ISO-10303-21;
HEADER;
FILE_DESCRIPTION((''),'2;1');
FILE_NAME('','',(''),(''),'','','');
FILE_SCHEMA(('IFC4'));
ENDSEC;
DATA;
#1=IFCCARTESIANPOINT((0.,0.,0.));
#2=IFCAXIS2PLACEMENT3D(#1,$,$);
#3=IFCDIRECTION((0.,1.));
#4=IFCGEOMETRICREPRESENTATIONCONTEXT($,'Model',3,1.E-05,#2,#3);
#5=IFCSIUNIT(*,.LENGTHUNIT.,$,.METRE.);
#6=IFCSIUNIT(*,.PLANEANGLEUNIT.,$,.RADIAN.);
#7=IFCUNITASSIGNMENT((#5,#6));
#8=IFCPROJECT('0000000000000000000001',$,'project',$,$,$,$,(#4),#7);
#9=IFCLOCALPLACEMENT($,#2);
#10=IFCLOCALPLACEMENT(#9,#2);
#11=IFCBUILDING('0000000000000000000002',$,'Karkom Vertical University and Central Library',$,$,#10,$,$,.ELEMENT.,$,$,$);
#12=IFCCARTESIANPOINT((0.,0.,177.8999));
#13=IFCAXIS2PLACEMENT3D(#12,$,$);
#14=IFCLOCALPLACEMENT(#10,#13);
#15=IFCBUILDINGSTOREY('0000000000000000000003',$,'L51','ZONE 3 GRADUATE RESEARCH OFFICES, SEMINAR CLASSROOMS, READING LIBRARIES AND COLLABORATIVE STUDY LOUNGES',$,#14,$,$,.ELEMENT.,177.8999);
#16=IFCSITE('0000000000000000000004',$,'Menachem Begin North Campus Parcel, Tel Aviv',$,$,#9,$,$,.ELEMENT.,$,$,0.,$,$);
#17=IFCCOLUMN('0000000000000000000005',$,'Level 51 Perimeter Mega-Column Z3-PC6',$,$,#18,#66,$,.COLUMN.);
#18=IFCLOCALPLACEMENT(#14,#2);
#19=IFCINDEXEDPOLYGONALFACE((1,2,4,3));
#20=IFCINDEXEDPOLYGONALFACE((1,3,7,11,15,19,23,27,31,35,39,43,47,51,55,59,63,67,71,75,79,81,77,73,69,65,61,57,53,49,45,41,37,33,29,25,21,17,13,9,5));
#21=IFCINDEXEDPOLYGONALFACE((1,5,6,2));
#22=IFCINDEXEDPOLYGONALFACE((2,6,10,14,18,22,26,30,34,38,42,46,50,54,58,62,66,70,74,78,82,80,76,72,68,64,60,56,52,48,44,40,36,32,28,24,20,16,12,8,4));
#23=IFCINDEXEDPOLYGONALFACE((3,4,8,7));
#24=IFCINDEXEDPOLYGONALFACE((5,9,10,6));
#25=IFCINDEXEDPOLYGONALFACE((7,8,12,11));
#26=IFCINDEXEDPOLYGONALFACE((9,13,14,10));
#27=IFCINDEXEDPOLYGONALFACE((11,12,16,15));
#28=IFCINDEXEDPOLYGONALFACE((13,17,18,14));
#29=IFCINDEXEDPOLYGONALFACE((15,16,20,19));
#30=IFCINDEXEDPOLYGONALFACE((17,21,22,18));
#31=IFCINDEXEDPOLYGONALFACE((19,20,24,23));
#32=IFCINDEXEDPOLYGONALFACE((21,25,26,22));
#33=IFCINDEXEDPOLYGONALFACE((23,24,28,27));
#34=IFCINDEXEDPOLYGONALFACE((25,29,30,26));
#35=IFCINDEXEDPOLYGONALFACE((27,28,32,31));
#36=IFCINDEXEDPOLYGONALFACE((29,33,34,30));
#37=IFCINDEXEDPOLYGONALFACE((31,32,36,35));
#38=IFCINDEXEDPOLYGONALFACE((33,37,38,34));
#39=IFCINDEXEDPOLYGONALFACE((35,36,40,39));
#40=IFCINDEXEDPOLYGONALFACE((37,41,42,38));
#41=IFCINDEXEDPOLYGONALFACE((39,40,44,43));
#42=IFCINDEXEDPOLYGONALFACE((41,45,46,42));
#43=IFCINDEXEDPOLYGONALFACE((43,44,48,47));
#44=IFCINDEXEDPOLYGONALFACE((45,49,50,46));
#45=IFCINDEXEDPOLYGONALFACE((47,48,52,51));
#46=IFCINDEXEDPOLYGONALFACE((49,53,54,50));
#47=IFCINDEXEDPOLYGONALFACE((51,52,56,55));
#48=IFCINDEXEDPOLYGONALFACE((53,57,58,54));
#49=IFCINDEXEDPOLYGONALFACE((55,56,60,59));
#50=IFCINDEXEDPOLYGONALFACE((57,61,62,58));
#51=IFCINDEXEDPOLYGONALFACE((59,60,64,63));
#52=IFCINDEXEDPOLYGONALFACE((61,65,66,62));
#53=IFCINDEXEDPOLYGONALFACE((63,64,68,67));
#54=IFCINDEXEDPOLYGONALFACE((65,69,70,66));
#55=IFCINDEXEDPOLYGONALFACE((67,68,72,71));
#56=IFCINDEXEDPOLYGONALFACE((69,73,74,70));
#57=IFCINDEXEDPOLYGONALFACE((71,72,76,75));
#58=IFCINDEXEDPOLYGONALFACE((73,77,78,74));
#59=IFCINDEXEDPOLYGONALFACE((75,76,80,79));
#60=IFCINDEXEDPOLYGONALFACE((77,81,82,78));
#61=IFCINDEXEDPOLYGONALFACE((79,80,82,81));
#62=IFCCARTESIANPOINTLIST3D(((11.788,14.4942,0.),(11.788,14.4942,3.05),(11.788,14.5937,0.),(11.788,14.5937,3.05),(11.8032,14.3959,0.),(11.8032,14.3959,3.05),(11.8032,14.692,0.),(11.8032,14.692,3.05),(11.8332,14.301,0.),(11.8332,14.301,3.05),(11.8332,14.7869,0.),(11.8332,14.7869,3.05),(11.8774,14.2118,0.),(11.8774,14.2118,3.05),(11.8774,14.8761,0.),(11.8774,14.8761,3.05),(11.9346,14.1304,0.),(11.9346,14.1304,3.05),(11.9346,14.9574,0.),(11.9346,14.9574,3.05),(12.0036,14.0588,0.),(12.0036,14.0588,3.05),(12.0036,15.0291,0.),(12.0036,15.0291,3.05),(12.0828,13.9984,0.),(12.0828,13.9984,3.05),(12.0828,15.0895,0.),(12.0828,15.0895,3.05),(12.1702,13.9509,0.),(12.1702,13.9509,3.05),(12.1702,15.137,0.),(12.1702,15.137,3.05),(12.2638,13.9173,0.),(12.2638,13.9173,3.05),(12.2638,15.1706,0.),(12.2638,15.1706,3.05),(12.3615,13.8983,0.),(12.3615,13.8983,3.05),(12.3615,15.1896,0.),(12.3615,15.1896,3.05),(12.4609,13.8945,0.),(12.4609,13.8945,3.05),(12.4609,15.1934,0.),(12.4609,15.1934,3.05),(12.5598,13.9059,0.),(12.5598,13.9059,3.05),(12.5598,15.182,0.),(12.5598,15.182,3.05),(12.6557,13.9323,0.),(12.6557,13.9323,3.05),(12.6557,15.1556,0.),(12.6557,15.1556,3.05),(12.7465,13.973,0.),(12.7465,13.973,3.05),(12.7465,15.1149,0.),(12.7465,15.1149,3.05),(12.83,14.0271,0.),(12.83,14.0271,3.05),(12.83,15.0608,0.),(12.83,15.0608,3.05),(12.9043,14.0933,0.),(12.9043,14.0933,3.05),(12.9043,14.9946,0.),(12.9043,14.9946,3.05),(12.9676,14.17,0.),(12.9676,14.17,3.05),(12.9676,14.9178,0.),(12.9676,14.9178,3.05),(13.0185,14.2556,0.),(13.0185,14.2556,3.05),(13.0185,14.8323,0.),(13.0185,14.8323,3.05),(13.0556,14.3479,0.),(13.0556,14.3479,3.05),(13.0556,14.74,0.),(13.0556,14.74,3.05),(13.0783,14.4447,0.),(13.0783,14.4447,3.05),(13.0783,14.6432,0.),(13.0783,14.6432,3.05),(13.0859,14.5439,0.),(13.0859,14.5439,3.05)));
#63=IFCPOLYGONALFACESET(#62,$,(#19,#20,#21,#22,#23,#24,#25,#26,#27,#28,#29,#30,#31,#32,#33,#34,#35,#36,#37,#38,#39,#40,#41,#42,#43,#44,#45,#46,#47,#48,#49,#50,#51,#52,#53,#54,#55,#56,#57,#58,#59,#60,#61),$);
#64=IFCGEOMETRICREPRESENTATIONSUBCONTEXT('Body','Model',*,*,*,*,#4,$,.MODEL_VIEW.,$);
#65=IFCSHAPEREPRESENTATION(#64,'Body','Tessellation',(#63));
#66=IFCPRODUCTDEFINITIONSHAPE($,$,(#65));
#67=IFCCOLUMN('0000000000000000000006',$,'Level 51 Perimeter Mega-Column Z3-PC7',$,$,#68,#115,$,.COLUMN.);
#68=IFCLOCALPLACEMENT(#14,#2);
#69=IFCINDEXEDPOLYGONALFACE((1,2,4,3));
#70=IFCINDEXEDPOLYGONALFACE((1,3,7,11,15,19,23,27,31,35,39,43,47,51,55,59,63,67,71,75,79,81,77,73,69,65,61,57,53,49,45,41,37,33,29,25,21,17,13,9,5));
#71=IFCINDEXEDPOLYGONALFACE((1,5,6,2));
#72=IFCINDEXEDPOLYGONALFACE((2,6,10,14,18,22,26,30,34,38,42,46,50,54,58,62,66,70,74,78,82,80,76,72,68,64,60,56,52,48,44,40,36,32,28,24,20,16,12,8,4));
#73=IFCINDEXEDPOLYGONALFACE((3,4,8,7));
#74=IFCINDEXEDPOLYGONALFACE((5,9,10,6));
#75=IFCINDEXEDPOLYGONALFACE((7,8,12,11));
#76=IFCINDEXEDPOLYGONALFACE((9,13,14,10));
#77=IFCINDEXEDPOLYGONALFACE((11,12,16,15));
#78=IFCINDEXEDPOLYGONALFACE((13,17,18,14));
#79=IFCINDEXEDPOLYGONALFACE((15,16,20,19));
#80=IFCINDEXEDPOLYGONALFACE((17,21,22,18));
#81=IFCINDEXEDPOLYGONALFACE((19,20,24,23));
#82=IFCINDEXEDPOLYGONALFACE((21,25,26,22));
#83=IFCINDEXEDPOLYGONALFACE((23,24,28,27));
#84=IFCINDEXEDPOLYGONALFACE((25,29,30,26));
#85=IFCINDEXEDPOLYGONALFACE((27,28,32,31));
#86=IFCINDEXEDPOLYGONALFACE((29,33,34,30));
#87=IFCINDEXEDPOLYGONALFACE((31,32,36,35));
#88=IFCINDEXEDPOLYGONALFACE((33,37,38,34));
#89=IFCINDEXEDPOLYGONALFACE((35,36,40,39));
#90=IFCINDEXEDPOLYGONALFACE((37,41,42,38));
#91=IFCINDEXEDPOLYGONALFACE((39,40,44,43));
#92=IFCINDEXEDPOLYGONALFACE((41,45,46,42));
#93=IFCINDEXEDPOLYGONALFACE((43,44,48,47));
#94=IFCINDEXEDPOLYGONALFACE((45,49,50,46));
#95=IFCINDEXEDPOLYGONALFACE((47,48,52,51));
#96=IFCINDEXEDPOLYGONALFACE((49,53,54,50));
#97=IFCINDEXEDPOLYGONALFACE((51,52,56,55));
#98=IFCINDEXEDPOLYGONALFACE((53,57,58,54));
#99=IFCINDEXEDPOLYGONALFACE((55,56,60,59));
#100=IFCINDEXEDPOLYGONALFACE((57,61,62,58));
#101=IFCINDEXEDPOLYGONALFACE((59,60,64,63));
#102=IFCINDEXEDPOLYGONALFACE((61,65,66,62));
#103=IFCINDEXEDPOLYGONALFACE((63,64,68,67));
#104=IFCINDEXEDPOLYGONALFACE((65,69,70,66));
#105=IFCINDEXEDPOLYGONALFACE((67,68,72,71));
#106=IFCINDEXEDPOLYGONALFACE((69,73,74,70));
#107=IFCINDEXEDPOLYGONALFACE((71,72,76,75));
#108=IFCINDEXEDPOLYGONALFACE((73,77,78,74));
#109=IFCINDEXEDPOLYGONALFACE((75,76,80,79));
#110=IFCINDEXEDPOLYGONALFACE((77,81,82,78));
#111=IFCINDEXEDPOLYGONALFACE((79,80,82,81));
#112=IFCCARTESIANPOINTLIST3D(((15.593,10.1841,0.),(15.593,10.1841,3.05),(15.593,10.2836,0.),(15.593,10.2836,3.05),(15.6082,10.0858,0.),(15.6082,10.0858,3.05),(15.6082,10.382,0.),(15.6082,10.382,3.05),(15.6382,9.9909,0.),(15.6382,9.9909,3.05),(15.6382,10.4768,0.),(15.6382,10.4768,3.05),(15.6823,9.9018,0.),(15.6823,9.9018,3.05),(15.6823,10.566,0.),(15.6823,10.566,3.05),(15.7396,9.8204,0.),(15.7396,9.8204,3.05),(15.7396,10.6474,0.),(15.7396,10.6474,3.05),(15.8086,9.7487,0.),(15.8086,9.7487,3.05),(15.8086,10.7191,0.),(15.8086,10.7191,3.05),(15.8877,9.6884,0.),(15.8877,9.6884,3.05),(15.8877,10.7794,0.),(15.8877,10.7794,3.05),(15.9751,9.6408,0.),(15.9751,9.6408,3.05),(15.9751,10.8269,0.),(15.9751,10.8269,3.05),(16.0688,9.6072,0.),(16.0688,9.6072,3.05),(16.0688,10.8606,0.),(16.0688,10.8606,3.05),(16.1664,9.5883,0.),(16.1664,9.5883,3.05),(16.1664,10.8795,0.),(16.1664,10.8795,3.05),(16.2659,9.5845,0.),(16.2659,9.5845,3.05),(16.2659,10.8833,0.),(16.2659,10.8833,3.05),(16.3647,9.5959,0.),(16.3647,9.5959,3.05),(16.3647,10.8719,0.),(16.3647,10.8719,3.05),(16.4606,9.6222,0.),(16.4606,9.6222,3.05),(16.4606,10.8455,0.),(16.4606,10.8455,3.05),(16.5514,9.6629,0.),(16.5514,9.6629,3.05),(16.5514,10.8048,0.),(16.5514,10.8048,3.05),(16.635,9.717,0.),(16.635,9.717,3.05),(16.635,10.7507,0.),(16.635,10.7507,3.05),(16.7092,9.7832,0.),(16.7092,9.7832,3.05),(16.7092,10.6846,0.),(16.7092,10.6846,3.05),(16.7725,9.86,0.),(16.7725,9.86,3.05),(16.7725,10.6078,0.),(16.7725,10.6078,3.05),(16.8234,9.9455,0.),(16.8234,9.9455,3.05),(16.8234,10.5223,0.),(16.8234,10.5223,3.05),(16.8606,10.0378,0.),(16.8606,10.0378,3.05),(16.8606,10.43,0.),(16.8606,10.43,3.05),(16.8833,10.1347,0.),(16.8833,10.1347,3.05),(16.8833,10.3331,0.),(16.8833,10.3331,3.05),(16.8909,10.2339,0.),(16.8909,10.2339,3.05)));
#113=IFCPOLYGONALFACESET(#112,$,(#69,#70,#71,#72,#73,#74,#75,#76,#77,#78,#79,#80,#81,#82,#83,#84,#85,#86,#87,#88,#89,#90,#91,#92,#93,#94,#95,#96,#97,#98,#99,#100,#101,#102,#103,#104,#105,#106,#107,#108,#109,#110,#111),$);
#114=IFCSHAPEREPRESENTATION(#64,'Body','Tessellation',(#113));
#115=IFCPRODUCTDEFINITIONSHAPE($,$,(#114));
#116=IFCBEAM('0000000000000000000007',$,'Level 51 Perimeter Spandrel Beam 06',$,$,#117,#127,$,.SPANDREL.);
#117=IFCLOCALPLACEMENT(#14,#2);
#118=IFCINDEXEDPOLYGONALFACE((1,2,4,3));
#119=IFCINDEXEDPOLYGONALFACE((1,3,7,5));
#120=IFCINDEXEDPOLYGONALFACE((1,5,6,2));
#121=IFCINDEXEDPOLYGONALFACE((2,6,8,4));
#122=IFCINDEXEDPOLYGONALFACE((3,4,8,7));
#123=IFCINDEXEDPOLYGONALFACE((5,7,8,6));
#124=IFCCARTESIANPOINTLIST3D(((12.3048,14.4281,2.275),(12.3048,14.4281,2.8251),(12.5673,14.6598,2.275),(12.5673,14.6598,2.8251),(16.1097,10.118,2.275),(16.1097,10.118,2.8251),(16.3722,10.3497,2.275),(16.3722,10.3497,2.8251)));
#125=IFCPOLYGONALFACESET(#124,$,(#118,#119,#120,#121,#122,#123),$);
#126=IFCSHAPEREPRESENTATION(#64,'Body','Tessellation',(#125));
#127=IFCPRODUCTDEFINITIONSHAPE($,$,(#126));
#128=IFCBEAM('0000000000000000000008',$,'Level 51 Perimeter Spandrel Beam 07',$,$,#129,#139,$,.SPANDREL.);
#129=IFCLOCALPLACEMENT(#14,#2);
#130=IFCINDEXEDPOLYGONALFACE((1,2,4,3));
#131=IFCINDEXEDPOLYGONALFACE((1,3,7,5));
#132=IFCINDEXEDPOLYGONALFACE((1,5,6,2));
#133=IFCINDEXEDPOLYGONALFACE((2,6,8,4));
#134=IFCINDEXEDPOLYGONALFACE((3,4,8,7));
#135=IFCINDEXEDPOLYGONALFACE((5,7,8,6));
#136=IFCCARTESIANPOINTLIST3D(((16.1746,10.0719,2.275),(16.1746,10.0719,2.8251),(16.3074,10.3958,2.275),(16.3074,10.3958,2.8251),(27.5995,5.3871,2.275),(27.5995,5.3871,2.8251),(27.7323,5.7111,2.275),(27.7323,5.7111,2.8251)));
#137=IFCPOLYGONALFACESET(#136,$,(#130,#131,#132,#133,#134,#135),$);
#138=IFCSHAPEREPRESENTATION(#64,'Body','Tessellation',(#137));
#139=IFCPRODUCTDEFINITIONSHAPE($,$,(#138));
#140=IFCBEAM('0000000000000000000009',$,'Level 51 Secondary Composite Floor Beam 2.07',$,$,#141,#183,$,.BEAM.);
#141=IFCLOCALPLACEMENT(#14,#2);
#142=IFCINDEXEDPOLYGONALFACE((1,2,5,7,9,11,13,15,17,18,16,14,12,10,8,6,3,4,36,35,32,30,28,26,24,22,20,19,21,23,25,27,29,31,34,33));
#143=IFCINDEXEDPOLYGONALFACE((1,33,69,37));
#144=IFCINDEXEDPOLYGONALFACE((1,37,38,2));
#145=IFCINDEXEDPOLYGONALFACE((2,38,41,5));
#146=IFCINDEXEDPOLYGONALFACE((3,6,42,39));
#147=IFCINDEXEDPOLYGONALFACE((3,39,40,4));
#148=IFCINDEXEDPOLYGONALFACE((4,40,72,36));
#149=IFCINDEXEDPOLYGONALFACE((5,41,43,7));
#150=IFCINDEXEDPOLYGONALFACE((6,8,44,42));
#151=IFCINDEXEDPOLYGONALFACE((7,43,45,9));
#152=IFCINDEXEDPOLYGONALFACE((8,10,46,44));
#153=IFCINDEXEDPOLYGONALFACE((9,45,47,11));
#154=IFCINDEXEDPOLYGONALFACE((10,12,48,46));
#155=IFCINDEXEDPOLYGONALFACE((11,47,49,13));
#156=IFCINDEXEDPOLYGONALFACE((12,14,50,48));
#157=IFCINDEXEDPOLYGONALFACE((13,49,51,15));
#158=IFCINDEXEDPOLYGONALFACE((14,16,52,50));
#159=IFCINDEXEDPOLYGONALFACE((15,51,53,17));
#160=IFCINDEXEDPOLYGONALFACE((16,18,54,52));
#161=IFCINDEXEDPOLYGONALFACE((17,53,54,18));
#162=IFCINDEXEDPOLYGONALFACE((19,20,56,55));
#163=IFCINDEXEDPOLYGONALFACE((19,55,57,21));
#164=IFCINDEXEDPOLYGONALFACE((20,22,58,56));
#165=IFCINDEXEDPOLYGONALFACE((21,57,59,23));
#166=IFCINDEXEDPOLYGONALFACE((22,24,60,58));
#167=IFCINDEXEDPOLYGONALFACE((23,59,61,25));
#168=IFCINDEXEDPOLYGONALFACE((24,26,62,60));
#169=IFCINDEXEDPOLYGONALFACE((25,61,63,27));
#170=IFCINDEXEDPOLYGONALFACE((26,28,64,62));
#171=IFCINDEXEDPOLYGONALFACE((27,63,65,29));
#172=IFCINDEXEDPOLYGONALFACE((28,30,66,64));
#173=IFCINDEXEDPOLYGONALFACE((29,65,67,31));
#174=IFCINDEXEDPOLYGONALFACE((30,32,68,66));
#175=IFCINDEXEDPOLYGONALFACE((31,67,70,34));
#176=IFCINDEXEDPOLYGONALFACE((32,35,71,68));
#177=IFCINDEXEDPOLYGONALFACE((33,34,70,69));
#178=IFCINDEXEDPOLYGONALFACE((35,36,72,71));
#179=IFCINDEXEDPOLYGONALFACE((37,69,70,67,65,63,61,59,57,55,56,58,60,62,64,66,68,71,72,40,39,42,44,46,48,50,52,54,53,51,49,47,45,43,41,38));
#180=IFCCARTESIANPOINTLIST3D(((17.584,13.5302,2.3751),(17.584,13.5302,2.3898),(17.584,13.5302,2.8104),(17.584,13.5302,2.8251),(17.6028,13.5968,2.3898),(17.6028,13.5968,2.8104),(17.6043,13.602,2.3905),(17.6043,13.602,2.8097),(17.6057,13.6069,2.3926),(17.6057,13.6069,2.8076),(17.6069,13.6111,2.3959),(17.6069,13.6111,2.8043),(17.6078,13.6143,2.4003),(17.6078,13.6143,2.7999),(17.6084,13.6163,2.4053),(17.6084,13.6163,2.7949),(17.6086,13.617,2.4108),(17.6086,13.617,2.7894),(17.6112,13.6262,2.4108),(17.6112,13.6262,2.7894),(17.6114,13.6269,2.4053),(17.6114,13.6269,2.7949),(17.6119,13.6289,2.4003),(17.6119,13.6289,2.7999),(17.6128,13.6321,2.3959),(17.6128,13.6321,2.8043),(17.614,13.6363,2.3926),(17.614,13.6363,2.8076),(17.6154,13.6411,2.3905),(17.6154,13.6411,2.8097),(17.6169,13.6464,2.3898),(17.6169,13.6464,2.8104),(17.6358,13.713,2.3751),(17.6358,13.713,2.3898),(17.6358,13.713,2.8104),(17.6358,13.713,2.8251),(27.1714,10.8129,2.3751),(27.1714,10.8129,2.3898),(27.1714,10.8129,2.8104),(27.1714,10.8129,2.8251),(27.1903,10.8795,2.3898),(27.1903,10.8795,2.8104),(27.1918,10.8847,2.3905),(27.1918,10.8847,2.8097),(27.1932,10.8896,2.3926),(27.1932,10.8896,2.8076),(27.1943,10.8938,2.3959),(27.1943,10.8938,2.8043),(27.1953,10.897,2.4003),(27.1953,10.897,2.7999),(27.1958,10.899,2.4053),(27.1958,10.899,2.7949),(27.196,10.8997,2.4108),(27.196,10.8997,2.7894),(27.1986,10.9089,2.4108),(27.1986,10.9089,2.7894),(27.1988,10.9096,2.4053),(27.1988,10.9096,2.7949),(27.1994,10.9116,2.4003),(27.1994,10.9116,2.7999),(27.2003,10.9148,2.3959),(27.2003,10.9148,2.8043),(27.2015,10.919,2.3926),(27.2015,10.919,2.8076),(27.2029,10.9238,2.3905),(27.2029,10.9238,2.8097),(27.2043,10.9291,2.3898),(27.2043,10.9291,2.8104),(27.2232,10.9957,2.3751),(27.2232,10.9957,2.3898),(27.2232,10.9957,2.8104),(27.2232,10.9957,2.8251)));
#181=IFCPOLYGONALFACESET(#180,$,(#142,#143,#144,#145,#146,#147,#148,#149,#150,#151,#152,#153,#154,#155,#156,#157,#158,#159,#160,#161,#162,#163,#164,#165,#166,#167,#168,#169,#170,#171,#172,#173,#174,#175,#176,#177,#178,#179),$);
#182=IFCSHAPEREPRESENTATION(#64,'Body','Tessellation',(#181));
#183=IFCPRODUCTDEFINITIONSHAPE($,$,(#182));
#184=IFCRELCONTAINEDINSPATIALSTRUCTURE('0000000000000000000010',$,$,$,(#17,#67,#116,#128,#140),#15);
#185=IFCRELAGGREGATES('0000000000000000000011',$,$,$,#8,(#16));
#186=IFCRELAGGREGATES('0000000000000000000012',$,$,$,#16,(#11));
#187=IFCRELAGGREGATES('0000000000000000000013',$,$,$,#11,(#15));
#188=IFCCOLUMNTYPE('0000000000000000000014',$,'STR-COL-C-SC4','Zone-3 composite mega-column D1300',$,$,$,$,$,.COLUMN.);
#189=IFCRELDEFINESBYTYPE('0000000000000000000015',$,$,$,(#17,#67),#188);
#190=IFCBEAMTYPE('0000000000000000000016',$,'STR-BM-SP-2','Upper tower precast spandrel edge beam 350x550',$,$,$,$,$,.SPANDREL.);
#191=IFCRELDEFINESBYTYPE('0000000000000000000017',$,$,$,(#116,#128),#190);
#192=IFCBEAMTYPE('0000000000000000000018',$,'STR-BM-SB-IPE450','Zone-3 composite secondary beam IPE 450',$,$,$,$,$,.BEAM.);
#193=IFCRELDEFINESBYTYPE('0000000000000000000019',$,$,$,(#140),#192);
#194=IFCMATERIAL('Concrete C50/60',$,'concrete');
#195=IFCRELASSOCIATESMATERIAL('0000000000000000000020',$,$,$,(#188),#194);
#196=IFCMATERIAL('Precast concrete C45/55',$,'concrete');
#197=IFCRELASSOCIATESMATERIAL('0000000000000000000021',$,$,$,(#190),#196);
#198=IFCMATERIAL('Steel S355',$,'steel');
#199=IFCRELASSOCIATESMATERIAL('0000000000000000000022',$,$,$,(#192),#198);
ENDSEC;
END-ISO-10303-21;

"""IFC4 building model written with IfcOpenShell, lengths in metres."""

from ifc_helpers import new_model, si_unit, direction, frame, origin, origin_with_axes, origin_2d, place, context, subcontext, project, spatial, rectangle, circle, i_section, extrude, source, transform, mapped, material, material_profile, profile_set, type_object, element, save


model = new_model("IFC4")

# Units and contexts
model_context = context("Model", 3, precision=1e-05, world=origin(), true_north=direction((0.0, 1.0)))
body_context = subcontext(model_context, "Body", "Model", "MODEL_VIEW")
ifc_project = project(units=[si_unit("LENGTHUNIT", "METRE"), si_unit("PLANEANGLEUNIT", "RADIAN")], contexts=[model_context])

# Site, building, storey
site_placement = place(None, origin())
site = spatial("IfcSite", under=ifc_project, at=site_placement, Name="Menachem Begin North Campus Parcel, Tel Aviv", CompositionType="ELEMENT", RefElevation=0.0)
building_placement = place(site_placement, origin())
building = spatial("IfcBuilding", under=site, at=building_placement, Name="Karkom Vertical University and Central Library", CompositionType="ELEMENT")
storey_placement = place(building_placement, frame((0.0, 0.0, 177.8999)))
storey = spatial("IfcBuildingStorey", under=building, at=storey_placement, Name="L51", Description="ZONE 3 GRADUATE RESEARCH OFFICES, SEMINAR CLASSROOMS, READING LIBRARIES AND COLLABORATIVE STUDY LOUNGES", CompositionType="ELEMENT", Elevation=177.8999)

# Columns
ifc_material_1 = material(Name="Concrete C50/60", Category="concrete")
ifc_material_profile_1 = material_profile(ifc_material_1, circle(Radius=0.6499, at=origin_2d()), Name="CFT-D1300")
ifc_profile_set_1 = profile_set([ifc_material_profile_1], Name="Concrete C50/60")
column_type = type_object("IfcColumnType", Name="STR-COL-C-SC4", Description="Zone-3 composite mega-column D1300", PredefinedType="COLUMN", material=ifc_profile_set_1)
shared_shape_1 = source(origin_with_axes(), body_context, "Body", "SweptSolid", [
    extrude(circle(Radius=0.6499, at=origin_2d()), origin(), (0.0, 0.0, 1.0), 3.05),
])
for number, where, z_axis, x_axis, name in (
    (1, (12.436, 14.5439, 0.0), (0.0, 0.0, 1.0), (1.0, 0.0, 0.0), "Level 51 Perimeter Mega-Column Z3-PC6"),
    (2, (16.241, 10.2339, 0.0), (0.0, 0.0, 1.0), (1.0, 0.0, 0.0), "Level 51 Perimeter Mega-Column Z3-PC7"),
):
    element("IfcColumn", number, at=place(storey_placement, frame(where, z_axis=z_axis, x_axis=x_axis)), inside=storey, type_object=column_type, Name=name, PredefinedType="COLUMN", context=body_context, shape_type="MappedRepresentation", body=[
        mapped(shared_shape_1, transform((0.0, 0.0, 0.0), scale=1.0)),
    ])

# Beams
ifc_material_2 = material(Name="Precast concrete C45/55", Category="concrete")
ifc_material_profile_2 = material_profile(ifc_material_2, rectangle(XDim=0.3501, YDim=0.55, at=origin_2d()), Name="SPB-350x550")
ifc_profile_set_2 = profile_set([ifc_material_profile_2], Name="Precast concrete C45/55")
beam_type_1 = type_object("IfcBeamType", Name="STR-BM-SP-2", Description="Upper tower precast spandrel edge beam 350x550", PredefinedType="SPANDREL", material=ifc_profile_set_2)
shared_shape_2 = source(origin_with_axes(), body_context, "Body", "SweptSolid", [
    extrude(rectangle(XDim=0.3501, YDim=0.55, at=origin_2d()), origin(), (0.0, 0.0, 1.0), 5.7493),
])
beam_1_placement = place(storey_placement, frame((12.436, 14.5439, 2.55), z_axis=(0.661811, -0.749671, 0.0), x_axis=(0.749671, 0.661811, 0.0)))
element("IfcBeam", 3, at=beam_1_placement, inside=storey, type_object=beam_type_1, Name="Level 51 Perimeter Spandrel Beam 06", PredefinedType="SPANDREL", context=body_context, shape_type="MappedRepresentation", body=[
    mapped(shared_shape_2, transform((0.0, 0.0, 0.0), scale=1.0)),
])
shared_shape_3 = source(origin_with_axes(), body_context, "Body", "SweptSolid", [
    extrude(rectangle(XDim=0.3501, YDim=0.55, at=origin_2d()), origin(), (0.0, 0.0, 1.0), 12.3481),
])
beam_2_placement = place(storey_placement, frame((16.241, 10.2339, 2.55), z_axis=(0.925236, -0.379391, 0.0), x_axis=(0.379391, 0.925236, 0.0)))
element("IfcBeam", 4, at=beam_2_placement, inside=storey, type_object=beam_type_1, Name="Level 51 Perimeter Spandrel Beam 07", PredefinedType="SPANDREL", context=body_context, shape_type="MappedRepresentation", body=[
    mapped(shared_shape_3, transform((0.0, 0.0, 0.0), scale=1.0)),
])
ifc_material_3 = material(Name="Steel S355", Category="steel")
ifc_material_profile_3 = material_profile(ifc_material_3, i_section(OverallWidth=0.1899, OverallDepth=0.45, WebThickness=0.0095, FlangeThickness=0.0146, FilletRadius=0.021, at=origin_2d()), Name="IPE 450")
ifc_profile_set_3 = profile_set([ifc_material_profile_3], Name="Steel S355")
beam_type_2 = type_object("IfcBeamType", Name="STR-BM-SB-IPE450", Description="Zone-3 composite secondary beam IPE 450", PredefinedType="BEAM", material=ifc_profile_set_3)
shared_shape_4 = source(origin_with_axes(), body_context, "Body", "SweptSolid", [
    extrude(i_section(OverallWidth=0.1899, OverallDepth=0.45, WebThickness=0.0095, FlangeThickness=0.0146, FilletRadius=0.021, at=origin_2d()), origin(), (0.0, 0.0, 1.0), 9.9651),
])
beam_3_placement = place(storey_placement, frame((17.6099, 13.6216, 2.6001), z_axis=(0.962104, -0.272682, 0.0), x_axis=(0.272682, 0.962104, 0.0)))
element("IfcBeam", 5, at=beam_3_placement, inside=storey, type_object=beam_type_2, Name="Level 51 Secondary Composite Floor Beam 2.07", PredefinedType="BEAM", context=body_context, shape_type="MappedRepresentation", body=[
    mapped(shared_shape_4, transform((0.0, 0.0, 0.0), scale=1.0)),
])

save(model, "model.ifc")
